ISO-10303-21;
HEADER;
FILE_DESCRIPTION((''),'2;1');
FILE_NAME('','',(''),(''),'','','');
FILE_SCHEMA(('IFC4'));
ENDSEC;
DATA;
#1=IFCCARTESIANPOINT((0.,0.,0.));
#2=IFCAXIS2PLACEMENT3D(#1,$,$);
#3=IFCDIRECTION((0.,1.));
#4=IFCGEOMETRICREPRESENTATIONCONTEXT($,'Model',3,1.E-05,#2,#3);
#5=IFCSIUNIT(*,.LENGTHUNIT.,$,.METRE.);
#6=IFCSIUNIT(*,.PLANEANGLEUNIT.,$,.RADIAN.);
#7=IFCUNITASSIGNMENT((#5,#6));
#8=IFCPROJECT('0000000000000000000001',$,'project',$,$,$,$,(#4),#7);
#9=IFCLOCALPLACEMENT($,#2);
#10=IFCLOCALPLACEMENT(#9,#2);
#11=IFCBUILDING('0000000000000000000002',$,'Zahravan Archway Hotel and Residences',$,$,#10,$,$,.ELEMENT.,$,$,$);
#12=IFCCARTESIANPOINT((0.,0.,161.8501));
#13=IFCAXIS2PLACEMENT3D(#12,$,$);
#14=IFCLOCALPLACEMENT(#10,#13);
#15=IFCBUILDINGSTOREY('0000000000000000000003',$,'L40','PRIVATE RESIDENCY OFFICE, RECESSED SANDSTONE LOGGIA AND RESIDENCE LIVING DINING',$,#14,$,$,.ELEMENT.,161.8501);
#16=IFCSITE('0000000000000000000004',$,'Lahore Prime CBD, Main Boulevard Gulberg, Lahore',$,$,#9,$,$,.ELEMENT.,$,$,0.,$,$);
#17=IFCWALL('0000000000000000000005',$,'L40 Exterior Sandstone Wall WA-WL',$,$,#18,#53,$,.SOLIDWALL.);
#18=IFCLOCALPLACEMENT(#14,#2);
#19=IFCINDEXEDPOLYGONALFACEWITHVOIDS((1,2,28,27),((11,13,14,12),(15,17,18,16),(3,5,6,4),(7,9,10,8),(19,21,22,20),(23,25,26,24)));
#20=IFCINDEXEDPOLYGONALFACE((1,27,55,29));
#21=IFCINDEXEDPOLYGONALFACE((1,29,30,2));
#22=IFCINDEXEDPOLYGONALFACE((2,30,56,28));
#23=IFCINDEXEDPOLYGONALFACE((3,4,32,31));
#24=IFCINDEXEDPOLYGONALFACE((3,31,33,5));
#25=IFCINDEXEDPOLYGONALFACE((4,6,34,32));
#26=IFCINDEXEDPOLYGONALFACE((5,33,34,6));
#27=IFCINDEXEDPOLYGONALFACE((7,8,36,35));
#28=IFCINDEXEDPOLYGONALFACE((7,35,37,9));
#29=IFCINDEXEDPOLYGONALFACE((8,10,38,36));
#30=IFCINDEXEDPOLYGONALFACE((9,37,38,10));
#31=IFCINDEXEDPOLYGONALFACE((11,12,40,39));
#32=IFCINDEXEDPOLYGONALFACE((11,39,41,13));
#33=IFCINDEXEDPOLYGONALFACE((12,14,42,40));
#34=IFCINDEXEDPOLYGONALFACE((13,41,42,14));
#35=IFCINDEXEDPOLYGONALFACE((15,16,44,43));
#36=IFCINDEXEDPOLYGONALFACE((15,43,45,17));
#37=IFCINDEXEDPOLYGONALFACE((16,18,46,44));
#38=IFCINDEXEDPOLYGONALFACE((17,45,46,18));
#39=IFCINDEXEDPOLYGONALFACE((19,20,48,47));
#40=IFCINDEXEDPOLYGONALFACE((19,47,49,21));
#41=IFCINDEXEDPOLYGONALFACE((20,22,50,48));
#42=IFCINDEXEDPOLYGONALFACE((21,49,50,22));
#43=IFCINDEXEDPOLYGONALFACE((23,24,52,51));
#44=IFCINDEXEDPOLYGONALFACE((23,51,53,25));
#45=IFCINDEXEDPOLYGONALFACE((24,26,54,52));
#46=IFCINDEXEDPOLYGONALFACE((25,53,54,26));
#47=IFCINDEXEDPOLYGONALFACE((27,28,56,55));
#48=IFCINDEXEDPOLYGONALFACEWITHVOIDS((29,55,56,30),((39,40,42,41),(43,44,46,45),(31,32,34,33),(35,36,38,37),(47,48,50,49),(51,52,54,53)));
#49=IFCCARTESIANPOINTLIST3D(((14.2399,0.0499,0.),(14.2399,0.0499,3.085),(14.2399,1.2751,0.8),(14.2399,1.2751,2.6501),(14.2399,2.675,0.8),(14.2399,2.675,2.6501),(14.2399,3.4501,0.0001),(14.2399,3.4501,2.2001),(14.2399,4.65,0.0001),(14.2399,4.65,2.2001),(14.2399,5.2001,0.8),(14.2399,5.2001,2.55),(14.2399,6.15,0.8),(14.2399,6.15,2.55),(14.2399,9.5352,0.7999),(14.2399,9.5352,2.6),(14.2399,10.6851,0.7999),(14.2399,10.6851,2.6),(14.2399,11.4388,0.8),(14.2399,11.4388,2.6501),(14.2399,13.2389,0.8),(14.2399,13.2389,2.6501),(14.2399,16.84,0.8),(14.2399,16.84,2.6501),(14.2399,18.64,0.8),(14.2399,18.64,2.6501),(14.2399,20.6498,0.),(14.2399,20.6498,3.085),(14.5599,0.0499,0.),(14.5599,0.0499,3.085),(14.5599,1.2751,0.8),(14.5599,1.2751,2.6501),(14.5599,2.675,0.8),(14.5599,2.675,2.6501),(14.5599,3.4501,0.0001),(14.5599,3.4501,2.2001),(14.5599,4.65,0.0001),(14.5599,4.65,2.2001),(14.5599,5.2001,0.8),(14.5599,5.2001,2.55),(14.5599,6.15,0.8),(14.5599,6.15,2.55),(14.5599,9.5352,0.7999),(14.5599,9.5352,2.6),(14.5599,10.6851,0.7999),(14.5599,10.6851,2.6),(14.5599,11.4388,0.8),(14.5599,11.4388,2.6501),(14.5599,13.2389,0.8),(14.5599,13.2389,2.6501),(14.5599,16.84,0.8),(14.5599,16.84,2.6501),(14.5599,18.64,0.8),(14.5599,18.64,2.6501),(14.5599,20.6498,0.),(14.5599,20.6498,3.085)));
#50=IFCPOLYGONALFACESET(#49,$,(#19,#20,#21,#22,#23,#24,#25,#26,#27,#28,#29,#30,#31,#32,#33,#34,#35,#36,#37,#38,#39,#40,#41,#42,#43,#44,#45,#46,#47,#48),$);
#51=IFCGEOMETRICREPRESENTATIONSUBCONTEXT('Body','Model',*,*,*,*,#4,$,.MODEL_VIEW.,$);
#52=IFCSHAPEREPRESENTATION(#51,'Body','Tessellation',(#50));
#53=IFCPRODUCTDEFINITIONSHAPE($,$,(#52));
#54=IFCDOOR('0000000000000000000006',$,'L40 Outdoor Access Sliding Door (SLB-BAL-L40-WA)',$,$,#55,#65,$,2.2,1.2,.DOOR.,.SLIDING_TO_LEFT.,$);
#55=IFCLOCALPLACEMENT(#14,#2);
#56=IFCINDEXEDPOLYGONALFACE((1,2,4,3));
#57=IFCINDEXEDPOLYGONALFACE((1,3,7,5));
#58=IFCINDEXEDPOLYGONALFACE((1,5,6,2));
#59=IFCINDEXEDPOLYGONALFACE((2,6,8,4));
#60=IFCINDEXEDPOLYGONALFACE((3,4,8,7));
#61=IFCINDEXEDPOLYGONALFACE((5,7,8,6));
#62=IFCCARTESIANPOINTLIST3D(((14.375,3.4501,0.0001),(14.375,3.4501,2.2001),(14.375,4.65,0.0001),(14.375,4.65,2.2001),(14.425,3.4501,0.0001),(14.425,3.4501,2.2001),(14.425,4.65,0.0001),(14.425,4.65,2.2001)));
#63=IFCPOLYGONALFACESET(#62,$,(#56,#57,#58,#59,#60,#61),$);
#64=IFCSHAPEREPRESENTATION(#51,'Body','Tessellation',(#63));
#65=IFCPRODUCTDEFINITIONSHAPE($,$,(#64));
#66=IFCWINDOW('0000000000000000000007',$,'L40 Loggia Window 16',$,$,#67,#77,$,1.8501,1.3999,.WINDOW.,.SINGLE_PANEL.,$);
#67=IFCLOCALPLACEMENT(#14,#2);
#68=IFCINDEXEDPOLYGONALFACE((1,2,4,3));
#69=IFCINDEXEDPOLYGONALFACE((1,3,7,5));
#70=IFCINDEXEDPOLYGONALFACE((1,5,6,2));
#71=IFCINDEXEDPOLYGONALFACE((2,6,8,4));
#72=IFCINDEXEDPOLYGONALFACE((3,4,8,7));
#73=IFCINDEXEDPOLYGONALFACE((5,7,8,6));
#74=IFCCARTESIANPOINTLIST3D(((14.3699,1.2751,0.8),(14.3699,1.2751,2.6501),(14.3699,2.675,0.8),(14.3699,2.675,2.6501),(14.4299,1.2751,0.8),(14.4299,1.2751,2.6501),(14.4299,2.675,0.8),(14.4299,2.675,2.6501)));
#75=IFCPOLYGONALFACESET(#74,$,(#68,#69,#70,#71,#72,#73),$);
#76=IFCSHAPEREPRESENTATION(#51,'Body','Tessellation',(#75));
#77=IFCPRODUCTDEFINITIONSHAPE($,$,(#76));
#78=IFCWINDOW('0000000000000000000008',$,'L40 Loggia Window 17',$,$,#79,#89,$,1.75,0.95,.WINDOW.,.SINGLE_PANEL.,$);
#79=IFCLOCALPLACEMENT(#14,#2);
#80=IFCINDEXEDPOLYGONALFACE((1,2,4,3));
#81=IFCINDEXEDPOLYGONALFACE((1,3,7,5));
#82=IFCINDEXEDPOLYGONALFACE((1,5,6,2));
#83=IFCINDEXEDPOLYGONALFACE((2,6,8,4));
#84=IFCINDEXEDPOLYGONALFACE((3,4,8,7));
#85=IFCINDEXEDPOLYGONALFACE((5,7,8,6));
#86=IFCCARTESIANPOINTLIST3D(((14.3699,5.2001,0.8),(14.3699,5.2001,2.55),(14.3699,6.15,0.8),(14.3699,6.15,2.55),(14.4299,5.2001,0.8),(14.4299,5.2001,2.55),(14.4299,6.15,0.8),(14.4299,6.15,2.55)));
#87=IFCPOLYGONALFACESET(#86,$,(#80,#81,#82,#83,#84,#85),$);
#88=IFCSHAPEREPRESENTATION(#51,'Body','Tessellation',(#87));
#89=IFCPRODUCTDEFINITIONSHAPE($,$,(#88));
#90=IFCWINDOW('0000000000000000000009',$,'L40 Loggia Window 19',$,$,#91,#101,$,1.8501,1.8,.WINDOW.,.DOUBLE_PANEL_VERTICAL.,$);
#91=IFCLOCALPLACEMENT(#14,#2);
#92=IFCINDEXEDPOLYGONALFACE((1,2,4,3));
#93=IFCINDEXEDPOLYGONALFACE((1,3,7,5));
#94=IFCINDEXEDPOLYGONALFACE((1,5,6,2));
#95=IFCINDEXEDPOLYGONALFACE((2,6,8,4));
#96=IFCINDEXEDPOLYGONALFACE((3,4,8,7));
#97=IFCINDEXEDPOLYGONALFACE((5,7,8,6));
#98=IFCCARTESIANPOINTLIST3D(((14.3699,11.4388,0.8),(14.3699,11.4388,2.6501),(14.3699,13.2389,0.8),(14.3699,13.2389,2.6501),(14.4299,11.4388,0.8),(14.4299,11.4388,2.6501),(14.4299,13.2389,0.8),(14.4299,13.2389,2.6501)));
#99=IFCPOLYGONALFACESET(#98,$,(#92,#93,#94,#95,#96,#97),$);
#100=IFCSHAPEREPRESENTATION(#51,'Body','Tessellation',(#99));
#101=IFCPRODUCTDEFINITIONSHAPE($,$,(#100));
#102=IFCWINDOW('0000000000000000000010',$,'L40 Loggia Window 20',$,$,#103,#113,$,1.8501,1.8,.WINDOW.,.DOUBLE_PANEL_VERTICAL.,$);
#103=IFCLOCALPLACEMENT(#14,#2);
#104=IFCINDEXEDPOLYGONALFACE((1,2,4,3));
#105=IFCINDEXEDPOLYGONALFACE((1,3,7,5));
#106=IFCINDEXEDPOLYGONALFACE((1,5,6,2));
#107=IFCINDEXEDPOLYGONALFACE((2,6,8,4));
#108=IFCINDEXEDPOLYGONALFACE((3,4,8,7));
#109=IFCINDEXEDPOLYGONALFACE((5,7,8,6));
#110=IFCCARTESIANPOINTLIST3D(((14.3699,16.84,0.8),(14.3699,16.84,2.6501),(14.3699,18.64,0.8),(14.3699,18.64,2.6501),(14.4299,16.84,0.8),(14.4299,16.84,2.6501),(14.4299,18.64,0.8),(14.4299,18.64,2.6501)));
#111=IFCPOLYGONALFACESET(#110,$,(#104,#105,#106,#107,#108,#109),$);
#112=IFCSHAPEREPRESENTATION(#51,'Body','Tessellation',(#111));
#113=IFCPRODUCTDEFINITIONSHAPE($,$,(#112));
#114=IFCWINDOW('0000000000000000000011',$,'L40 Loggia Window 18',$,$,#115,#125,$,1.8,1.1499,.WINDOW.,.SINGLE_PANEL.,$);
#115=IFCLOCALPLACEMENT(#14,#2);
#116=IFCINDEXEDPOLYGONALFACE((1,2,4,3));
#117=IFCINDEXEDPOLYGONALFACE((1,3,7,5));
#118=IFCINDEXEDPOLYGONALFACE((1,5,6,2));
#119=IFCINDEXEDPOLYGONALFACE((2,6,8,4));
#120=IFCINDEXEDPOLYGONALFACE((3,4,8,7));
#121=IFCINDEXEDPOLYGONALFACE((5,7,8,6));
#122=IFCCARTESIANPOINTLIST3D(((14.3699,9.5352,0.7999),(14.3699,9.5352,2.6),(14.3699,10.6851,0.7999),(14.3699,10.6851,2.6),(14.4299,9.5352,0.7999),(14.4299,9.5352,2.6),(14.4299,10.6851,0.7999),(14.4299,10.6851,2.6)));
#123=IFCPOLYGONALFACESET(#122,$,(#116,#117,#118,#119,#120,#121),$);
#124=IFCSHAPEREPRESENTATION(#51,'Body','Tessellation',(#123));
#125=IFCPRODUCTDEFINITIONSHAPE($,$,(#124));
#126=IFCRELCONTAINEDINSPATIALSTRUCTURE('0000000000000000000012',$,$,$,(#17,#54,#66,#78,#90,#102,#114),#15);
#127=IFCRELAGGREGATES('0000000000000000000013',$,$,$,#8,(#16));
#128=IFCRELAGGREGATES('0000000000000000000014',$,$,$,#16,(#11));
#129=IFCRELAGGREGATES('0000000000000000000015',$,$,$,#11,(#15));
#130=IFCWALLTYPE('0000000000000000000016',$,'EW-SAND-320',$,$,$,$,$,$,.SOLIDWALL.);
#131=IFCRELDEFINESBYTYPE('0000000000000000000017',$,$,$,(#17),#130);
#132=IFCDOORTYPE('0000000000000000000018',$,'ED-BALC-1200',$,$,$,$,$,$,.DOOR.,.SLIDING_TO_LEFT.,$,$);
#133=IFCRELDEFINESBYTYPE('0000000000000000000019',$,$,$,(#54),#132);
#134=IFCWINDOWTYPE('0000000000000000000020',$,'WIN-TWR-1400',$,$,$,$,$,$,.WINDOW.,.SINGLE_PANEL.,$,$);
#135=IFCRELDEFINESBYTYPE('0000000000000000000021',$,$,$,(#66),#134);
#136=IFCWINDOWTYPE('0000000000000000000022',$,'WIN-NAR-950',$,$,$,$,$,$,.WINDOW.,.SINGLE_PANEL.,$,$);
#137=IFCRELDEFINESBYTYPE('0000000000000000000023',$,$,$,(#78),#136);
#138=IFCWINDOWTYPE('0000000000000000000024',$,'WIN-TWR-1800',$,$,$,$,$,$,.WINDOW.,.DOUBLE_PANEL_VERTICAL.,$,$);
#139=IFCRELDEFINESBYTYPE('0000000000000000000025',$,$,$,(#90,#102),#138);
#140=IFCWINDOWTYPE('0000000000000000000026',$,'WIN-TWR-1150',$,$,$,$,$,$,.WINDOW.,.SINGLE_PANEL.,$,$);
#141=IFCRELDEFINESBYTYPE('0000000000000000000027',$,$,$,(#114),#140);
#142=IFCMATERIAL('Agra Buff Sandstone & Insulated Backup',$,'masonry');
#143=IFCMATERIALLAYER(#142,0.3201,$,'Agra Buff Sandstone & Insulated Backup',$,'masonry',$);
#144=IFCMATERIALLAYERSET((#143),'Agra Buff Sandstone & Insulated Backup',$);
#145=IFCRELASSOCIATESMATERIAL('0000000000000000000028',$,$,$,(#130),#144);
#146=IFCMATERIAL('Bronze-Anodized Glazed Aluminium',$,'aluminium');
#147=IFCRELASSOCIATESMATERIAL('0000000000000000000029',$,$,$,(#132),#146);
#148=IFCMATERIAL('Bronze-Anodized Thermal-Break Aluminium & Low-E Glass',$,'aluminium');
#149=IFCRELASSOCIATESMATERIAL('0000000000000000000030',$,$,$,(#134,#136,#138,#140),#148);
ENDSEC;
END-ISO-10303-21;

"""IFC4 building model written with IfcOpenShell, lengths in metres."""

from ifc_helpers import new_model, si_unit, direction, frame, frame_2d, origin, place, context, subcontext, project, spatial, rectangle, extrude, source, transform, mapped, material, layer, layer_set, type_object, type_shapes, element, fill, save


model = new_model("IFC4")

# Units and contexts
model_context = context("Model", 3, precision=1e-05, world=origin(), true_north=direction((0.0, 1.0)))
body_context = subcontext(model_context, "Body", "Model", "MODEL_VIEW")
ifc_project = project(units=[si_unit("LENGTHUNIT", "METRE"), si_unit("PLANEANGLEUNIT", "RADIAN")], contexts=[model_context])

# Site, building, storey
site_placement = place(None, origin())
site = spatial("IfcSite", under=ifc_project, at=site_placement, Name="Lahore Prime CBD, Main Boulevard Gulberg, Lahore", CompositionType="ELEMENT", RefElevation=0.0)
building_placement = place(site_placement, origin())
building = spatial("IfcBuilding", under=site, at=building_placement, Name="Zahravan Archway Hotel and Residences", CompositionType="ELEMENT")
storey_placement = place(building_placement, frame((0.0, 0.0, 161.8501)))
storey = spatial("IfcBuildingStorey", under=building, at=storey_placement, Name="L40", Description="PRIVATE RESIDENCY OFFICE, RECESSED SANDSTONE LOGGIA AND RESIDENCE LIVING DINING", CompositionType="ELEMENT", Elevation=161.8501)

# Wall, openings, door, windows
ifc_material_1 = material(Name="Agra Buff Sandstone & Insulated Backup", Category="masonry")
ifc_layer = layer(ifc_material_1, 0.3201, Name="Agra Buff Sandstone & Insulated Backup", Category="masonry")
ifc_layer_set = layer_set([ifc_layer], Name="Agra Buff Sandstone & Insulated Backup")
wall_type = type_object("IfcWallType", Name="EW-SAND-320", PredefinedType="SOLIDWALL", material=ifc_layer_set)
ifc_material_2 = material(Name="Bronze-Anodized Glazed Aluminium", Category="aluminium")
door_type = type_object("IfcDoorType", Name="ED-BALC-1200", OperationType="SLIDING_TO_LEFT", PredefinedType="DOOR", material=ifc_material_2)
shared_shape_1 = source(origin(), body_context, "Body", "SweptSolid", [
    extrude(rectangle(XDim=1.2, YDim=2.2, at=frame_2d((0.6001, 1.1001))), frame((0.0, 0.0249, 0.0), z_axis=(0.0, -1.0, 0.0), x_axis=(1.0, 0.0, 0.0)), (0.0, 0.0, 1.0), 0.05),
])
type_shapes(door_type, [shared_shape_1])
ifc_material_3 = material(Name="Bronze-Anodized Thermal-Break Aluminium & Low-E Glass", Category="aluminium")
window_type_1 = type_object("IfcWindowType", Name="WIN-TWR-1400", PartitioningType="SINGLE_PANEL", PredefinedType="WINDOW", material=ifc_material_3)
shared_shape_2 = source(origin(), body_context, "Body", "SweptSolid", [
    extrude(rectangle(XDim=1.3999, YDim=1.8501, at=frame_2d((0.7, 0.925))), frame((0.0, 0.03, 0.0), z_axis=(0.0, -1.0, 0.0), x_axis=(1.0, 0.0, 0.0)), (0.0, 0.0, 1.0), 0.0601),
])
type_shapes(window_type_1, [shared_shape_2])
window_type_2 = type_object("IfcWindowType", Name="WIN-NAR-950", PartitioningType="SINGLE_PANEL", PredefinedType="WINDOW", material=ifc_material_3)
shared_shape_3 = source(origin(), body_context, "Body", "SweptSolid", [
    extrude(rectangle(XDim=0.95, YDim=1.75, at=frame_2d((0.4751, 0.875))), frame((0.0, 0.03, 0.0), z_axis=(0.0, -1.0, 0.0), x_axis=(1.0, 0.0, 0.0)), (0.0, 0.0, 1.0), 0.0601),
])
type_shapes(window_type_2, [shared_shape_3])
window_type_3 = type_object("IfcWindowType", Name="WIN-TWR-1800", PartitioningType="DOUBLE_PANEL_VERTICAL", PredefinedType="WINDOW", material=ifc_material_3)
shared_shape_4 = source(origin(), body_context, "Body", "SweptSolid", [
    extrude(rectangle(XDim=1.8, YDim=1.8501, at=frame_2d((0.8999, 0.925))), frame((0.0, 0.03, 0.0), z_axis=(0.0, -1.0, 0.0), x_axis=(1.0, 0.0, 0.0)), (0.0, 0.0, 1.0), 0.0601),
])
type_shapes(window_type_3, [shared_shape_4])
window_type_4 = type_object("IfcWindowType", Name="WIN-TWR-1150", PartitioningType="SINGLE_PANEL", PredefinedType="WINDOW", material=ifc_material_3)
shared_shape_5 = source(origin(), body_context, "Body", "SweptSolid", [
    extrude(rectangle(XDim=1.1499, YDim=1.8, at=frame_2d((0.575, 0.8999))), frame((0.0, 0.03, 0.0), z_axis=(0.0, -1.0, 0.0), x_axis=(1.0, 0.0, 0.0)), (0.0, 0.0, 1.0), 0.0601),
])
type_shapes(window_type_4, [shared_shape_5])
wall_1_placement = place(storey_placement, frame((14.3999, 0.05, 0.0), z_axis=(0.0, 0.0, 1.0), x_axis=(0.0, 1.0, 0.0)))
wall_1 = element("IfcWall", 1, at=wall_1_placement, inside=storey, type_object=wall_type, Name="L40 Exterior Sandstone Wall WA-WL", PredefinedType="SOLIDWALL", context=body_context, shape_type="SweptSolid", body=[
    extrude(rectangle(XDim=20.5999, YDim=0.3201, at=frame_2d((10.2998, 0.0))), origin(), (0.0, 0.0, 1.0), 3.085),
])
opening_1_placement = place(wall_1_placement, frame((3.3999, 0.0, 0.0)))
opening_1 = element("IfcOpeningElement", 2, at=opening_1_placement, cuts=wall_1, PredefinedType="OPENING", context=body_context, shape_type="SweptSolid", body=[
    extrude(rectangle(XDim=1.2, YDim=2.2, at=frame_2d((0.6001, 1.1001))), frame((0.0, 0.1699, 0.0), z_axis=(0.0, -1.0, 0.0), x_axis=(1.0, 0.0, 0.0)), (0.0, 0.0, 1.0), 0.3401),
])
opening_2_placement = place(wall_1_placement, frame((1.2251, 0.0, 0.8)))
opening_2 = element("IfcOpeningElement", 3, at=opening_2_placement, cuts=wall_1, PredefinedType="OPENING", context=body_context, shape_type="SweptSolid", body=[
    extrude(rectangle(XDim=1.3999, YDim=1.8501, at=frame_2d((0.7, 0.925))), frame((0.0, 0.1699, 0.0), z_axis=(0.0, -1.0, 0.0), x_axis=(1.0, 0.0, 0.0)), (0.0, 0.0, 1.0), 0.3401),
])
opening_3_placement = place(wall_1_placement, frame((5.1499, 0.0, 0.8)))
opening_3 = element("IfcOpeningElement", 4, at=opening_3_placement, cuts=wall_1, PredefinedType="OPENING", context=body_context, shape_type="SweptSolid", body=[
    extrude(rectangle(XDim=0.95, YDim=1.75, at=frame_2d((0.4751, 0.875))), frame((0.0, 0.1699, 0.0), z_axis=(0.0, -1.0, 0.0), x_axis=(1.0, 0.0, 0.0)), (0.0, 0.0, 1.0), 0.3401),
])
opening_4_placement = place(wall_1_placement, frame((9.4851, 0.0, 0.8)))
opening_4 = element("IfcOpeningElement", 5, at=opening_4_placement, cuts=wall_1, PredefinedType="OPENING", context=body_context, shape_type="SweptSolid", body=[
    extrude(rectangle(XDim=1.1499, YDim=1.8, at=frame_2d((0.575, 0.8999))), frame((0.0, 0.1699, 0.0), z_axis=(0.0, -1.0, 0.0), x_axis=(1.0, 0.0, 0.0)), (0.0, 0.0, 1.0), 0.3401),
])
opening_5_placement = place(wall_1_placement, frame((11.3889, 0.0, 0.8)))
opening_5 = element("IfcOpeningElement", 6, at=opening_5_placement, cuts=wall_1, PredefinedType="OPENING", context=body_context, shape_type="SweptSolid", body=[
    extrude(rectangle(XDim=1.8, YDim=1.8501, at=frame_2d((0.8999, 0.925))), frame((0.0, 0.1699, 0.0), z_axis=(0.0, -1.0, 0.0), x_axis=(1.0, 0.0, 0.0)), (0.0, 0.0, 1.0), 0.3401),
])
opening_6_placement = place(wall_1_placement, frame((16.79, 0.0, 0.8)))
opening_6 = element("IfcOpeningElement", 7, at=opening_6_placement, cuts=wall_1, PredefinedType="OPENING", context=body_context, shape_type="SweptSolid", body=[
    extrude(rectangle(XDim=1.8, YDim=1.8501, at=frame_2d((0.8999, 0.925))), frame((0.0, 0.1699, 0.0), z_axis=(0.0, -1.0, 0.0), x_axis=(1.0, 0.0, 0.0)), (0.0, 0.0, 1.0), 0.3401),
])
door_1_placement = place(opening_1_placement, origin())
door_1 = element("IfcDoor", 8, at=door_1_placement, inside=storey, type_object=door_type, Name="L40 Outdoor Access Sliding Door (SLB-BAL-L40-WA)", OperationType="SLIDING_TO_LEFT", OverallHeight=2.2, OverallWidth=1.2, PredefinedType="DOOR", context=body_context, shape_type="MappedRepresentation", body=[
    mapped(shared_shape_1, transform((0.0, 0.0, 0.0), scale=1.0)),
])
fill(opening_1, door_1)
window_1_placement = place(opening_2_placement, origin())
window_1 = element("IfcWindow", 9, at=window_1_placement, inside=storey, type_object=window_type_1, Name="L40 Loggia Window 16", OverallHeight=1.8501, OverallWidth=1.3999, PartitioningType="SINGLE_PANEL", PredefinedType="WINDOW", context=body_context, shape_type="MappedRepresentation", body=[
    mapped(shared_shape_2, transform((0.0, 0.0, 0.0), scale=1.0)),
])
fill(opening_2, window_1)
window_2_placement = place(opening_3_placement, origin())
window_2 = element("IfcWindow", 10, at=window_2_placement, inside=storey, type_object=window_type_2, Name="L40 Loggia Window 17", OverallHeight=1.75, OverallWidth=0.95, PartitioningType="SINGLE_PANEL", PredefinedType="WINDOW", context=body_context, shape_type="MappedRepresentation", body=[
    mapped(shared_shape_3, transform((0.0, 0.0, 0.0), scale=1.0)),
])
fill(opening_3, window_2)
window_3_placement = place(opening_5_placement, origin())
window_3 = element("IfcWindow", 11, at=window_3_placement, inside=storey, type_object=window_type_3, Name="L40 Loggia Window 19", OverallHeight=1.8501, OverallWidth=1.8, PartitioningType="DOUBLE_PANEL_VERTICAL", PredefinedType="WINDOW", context=body_context, shape_type="MappedRepresentation", body=[
    mapped(shared_shape_4, transform((0.0, 0.0, 0.0), scale=1.0)),
])
fill(opening_5, window_3)
window_4_placement = place(opening_6_placement, origin())
window_4 = element("IfcWindow", 12, at=window_4_placement, inside=storey, type_object=window_type_3, Name="L40 Loggia Window 20", OverallHeight=1.8501, OverallWidth=1.8, PartitioningType="DOUBLE_PANEL_VERTICAL", PredefinedType="WINDOW", context=body_context, shape_type="MappedRepresentation", body=[
    mapped(shared_shape_4, transform((0.0, 0.0, 0.0), scale=1.0)),
])
fill(opening_6, window_4)
window_5_placement = place(opening_4_placement, origin())
window_5 = element("IfcWindow", 13, at=window_5_placement, inside=storey, type_object=window_type_4, Name="L40 Loggia Window 18", OverallHeight=1.8, OverallWidth=1.1499, PartitioningType="SINGLE_PANEL", PredefinedType="WINDOW", context=body_context, shape_type="MappedRepresentation", body=[
    mapped(shared_shape_5, transform((0.0, 0.0, 0.0), scale=1.0)),
])
fill(opening_4, window_5)

save(model, "model.ifc")
